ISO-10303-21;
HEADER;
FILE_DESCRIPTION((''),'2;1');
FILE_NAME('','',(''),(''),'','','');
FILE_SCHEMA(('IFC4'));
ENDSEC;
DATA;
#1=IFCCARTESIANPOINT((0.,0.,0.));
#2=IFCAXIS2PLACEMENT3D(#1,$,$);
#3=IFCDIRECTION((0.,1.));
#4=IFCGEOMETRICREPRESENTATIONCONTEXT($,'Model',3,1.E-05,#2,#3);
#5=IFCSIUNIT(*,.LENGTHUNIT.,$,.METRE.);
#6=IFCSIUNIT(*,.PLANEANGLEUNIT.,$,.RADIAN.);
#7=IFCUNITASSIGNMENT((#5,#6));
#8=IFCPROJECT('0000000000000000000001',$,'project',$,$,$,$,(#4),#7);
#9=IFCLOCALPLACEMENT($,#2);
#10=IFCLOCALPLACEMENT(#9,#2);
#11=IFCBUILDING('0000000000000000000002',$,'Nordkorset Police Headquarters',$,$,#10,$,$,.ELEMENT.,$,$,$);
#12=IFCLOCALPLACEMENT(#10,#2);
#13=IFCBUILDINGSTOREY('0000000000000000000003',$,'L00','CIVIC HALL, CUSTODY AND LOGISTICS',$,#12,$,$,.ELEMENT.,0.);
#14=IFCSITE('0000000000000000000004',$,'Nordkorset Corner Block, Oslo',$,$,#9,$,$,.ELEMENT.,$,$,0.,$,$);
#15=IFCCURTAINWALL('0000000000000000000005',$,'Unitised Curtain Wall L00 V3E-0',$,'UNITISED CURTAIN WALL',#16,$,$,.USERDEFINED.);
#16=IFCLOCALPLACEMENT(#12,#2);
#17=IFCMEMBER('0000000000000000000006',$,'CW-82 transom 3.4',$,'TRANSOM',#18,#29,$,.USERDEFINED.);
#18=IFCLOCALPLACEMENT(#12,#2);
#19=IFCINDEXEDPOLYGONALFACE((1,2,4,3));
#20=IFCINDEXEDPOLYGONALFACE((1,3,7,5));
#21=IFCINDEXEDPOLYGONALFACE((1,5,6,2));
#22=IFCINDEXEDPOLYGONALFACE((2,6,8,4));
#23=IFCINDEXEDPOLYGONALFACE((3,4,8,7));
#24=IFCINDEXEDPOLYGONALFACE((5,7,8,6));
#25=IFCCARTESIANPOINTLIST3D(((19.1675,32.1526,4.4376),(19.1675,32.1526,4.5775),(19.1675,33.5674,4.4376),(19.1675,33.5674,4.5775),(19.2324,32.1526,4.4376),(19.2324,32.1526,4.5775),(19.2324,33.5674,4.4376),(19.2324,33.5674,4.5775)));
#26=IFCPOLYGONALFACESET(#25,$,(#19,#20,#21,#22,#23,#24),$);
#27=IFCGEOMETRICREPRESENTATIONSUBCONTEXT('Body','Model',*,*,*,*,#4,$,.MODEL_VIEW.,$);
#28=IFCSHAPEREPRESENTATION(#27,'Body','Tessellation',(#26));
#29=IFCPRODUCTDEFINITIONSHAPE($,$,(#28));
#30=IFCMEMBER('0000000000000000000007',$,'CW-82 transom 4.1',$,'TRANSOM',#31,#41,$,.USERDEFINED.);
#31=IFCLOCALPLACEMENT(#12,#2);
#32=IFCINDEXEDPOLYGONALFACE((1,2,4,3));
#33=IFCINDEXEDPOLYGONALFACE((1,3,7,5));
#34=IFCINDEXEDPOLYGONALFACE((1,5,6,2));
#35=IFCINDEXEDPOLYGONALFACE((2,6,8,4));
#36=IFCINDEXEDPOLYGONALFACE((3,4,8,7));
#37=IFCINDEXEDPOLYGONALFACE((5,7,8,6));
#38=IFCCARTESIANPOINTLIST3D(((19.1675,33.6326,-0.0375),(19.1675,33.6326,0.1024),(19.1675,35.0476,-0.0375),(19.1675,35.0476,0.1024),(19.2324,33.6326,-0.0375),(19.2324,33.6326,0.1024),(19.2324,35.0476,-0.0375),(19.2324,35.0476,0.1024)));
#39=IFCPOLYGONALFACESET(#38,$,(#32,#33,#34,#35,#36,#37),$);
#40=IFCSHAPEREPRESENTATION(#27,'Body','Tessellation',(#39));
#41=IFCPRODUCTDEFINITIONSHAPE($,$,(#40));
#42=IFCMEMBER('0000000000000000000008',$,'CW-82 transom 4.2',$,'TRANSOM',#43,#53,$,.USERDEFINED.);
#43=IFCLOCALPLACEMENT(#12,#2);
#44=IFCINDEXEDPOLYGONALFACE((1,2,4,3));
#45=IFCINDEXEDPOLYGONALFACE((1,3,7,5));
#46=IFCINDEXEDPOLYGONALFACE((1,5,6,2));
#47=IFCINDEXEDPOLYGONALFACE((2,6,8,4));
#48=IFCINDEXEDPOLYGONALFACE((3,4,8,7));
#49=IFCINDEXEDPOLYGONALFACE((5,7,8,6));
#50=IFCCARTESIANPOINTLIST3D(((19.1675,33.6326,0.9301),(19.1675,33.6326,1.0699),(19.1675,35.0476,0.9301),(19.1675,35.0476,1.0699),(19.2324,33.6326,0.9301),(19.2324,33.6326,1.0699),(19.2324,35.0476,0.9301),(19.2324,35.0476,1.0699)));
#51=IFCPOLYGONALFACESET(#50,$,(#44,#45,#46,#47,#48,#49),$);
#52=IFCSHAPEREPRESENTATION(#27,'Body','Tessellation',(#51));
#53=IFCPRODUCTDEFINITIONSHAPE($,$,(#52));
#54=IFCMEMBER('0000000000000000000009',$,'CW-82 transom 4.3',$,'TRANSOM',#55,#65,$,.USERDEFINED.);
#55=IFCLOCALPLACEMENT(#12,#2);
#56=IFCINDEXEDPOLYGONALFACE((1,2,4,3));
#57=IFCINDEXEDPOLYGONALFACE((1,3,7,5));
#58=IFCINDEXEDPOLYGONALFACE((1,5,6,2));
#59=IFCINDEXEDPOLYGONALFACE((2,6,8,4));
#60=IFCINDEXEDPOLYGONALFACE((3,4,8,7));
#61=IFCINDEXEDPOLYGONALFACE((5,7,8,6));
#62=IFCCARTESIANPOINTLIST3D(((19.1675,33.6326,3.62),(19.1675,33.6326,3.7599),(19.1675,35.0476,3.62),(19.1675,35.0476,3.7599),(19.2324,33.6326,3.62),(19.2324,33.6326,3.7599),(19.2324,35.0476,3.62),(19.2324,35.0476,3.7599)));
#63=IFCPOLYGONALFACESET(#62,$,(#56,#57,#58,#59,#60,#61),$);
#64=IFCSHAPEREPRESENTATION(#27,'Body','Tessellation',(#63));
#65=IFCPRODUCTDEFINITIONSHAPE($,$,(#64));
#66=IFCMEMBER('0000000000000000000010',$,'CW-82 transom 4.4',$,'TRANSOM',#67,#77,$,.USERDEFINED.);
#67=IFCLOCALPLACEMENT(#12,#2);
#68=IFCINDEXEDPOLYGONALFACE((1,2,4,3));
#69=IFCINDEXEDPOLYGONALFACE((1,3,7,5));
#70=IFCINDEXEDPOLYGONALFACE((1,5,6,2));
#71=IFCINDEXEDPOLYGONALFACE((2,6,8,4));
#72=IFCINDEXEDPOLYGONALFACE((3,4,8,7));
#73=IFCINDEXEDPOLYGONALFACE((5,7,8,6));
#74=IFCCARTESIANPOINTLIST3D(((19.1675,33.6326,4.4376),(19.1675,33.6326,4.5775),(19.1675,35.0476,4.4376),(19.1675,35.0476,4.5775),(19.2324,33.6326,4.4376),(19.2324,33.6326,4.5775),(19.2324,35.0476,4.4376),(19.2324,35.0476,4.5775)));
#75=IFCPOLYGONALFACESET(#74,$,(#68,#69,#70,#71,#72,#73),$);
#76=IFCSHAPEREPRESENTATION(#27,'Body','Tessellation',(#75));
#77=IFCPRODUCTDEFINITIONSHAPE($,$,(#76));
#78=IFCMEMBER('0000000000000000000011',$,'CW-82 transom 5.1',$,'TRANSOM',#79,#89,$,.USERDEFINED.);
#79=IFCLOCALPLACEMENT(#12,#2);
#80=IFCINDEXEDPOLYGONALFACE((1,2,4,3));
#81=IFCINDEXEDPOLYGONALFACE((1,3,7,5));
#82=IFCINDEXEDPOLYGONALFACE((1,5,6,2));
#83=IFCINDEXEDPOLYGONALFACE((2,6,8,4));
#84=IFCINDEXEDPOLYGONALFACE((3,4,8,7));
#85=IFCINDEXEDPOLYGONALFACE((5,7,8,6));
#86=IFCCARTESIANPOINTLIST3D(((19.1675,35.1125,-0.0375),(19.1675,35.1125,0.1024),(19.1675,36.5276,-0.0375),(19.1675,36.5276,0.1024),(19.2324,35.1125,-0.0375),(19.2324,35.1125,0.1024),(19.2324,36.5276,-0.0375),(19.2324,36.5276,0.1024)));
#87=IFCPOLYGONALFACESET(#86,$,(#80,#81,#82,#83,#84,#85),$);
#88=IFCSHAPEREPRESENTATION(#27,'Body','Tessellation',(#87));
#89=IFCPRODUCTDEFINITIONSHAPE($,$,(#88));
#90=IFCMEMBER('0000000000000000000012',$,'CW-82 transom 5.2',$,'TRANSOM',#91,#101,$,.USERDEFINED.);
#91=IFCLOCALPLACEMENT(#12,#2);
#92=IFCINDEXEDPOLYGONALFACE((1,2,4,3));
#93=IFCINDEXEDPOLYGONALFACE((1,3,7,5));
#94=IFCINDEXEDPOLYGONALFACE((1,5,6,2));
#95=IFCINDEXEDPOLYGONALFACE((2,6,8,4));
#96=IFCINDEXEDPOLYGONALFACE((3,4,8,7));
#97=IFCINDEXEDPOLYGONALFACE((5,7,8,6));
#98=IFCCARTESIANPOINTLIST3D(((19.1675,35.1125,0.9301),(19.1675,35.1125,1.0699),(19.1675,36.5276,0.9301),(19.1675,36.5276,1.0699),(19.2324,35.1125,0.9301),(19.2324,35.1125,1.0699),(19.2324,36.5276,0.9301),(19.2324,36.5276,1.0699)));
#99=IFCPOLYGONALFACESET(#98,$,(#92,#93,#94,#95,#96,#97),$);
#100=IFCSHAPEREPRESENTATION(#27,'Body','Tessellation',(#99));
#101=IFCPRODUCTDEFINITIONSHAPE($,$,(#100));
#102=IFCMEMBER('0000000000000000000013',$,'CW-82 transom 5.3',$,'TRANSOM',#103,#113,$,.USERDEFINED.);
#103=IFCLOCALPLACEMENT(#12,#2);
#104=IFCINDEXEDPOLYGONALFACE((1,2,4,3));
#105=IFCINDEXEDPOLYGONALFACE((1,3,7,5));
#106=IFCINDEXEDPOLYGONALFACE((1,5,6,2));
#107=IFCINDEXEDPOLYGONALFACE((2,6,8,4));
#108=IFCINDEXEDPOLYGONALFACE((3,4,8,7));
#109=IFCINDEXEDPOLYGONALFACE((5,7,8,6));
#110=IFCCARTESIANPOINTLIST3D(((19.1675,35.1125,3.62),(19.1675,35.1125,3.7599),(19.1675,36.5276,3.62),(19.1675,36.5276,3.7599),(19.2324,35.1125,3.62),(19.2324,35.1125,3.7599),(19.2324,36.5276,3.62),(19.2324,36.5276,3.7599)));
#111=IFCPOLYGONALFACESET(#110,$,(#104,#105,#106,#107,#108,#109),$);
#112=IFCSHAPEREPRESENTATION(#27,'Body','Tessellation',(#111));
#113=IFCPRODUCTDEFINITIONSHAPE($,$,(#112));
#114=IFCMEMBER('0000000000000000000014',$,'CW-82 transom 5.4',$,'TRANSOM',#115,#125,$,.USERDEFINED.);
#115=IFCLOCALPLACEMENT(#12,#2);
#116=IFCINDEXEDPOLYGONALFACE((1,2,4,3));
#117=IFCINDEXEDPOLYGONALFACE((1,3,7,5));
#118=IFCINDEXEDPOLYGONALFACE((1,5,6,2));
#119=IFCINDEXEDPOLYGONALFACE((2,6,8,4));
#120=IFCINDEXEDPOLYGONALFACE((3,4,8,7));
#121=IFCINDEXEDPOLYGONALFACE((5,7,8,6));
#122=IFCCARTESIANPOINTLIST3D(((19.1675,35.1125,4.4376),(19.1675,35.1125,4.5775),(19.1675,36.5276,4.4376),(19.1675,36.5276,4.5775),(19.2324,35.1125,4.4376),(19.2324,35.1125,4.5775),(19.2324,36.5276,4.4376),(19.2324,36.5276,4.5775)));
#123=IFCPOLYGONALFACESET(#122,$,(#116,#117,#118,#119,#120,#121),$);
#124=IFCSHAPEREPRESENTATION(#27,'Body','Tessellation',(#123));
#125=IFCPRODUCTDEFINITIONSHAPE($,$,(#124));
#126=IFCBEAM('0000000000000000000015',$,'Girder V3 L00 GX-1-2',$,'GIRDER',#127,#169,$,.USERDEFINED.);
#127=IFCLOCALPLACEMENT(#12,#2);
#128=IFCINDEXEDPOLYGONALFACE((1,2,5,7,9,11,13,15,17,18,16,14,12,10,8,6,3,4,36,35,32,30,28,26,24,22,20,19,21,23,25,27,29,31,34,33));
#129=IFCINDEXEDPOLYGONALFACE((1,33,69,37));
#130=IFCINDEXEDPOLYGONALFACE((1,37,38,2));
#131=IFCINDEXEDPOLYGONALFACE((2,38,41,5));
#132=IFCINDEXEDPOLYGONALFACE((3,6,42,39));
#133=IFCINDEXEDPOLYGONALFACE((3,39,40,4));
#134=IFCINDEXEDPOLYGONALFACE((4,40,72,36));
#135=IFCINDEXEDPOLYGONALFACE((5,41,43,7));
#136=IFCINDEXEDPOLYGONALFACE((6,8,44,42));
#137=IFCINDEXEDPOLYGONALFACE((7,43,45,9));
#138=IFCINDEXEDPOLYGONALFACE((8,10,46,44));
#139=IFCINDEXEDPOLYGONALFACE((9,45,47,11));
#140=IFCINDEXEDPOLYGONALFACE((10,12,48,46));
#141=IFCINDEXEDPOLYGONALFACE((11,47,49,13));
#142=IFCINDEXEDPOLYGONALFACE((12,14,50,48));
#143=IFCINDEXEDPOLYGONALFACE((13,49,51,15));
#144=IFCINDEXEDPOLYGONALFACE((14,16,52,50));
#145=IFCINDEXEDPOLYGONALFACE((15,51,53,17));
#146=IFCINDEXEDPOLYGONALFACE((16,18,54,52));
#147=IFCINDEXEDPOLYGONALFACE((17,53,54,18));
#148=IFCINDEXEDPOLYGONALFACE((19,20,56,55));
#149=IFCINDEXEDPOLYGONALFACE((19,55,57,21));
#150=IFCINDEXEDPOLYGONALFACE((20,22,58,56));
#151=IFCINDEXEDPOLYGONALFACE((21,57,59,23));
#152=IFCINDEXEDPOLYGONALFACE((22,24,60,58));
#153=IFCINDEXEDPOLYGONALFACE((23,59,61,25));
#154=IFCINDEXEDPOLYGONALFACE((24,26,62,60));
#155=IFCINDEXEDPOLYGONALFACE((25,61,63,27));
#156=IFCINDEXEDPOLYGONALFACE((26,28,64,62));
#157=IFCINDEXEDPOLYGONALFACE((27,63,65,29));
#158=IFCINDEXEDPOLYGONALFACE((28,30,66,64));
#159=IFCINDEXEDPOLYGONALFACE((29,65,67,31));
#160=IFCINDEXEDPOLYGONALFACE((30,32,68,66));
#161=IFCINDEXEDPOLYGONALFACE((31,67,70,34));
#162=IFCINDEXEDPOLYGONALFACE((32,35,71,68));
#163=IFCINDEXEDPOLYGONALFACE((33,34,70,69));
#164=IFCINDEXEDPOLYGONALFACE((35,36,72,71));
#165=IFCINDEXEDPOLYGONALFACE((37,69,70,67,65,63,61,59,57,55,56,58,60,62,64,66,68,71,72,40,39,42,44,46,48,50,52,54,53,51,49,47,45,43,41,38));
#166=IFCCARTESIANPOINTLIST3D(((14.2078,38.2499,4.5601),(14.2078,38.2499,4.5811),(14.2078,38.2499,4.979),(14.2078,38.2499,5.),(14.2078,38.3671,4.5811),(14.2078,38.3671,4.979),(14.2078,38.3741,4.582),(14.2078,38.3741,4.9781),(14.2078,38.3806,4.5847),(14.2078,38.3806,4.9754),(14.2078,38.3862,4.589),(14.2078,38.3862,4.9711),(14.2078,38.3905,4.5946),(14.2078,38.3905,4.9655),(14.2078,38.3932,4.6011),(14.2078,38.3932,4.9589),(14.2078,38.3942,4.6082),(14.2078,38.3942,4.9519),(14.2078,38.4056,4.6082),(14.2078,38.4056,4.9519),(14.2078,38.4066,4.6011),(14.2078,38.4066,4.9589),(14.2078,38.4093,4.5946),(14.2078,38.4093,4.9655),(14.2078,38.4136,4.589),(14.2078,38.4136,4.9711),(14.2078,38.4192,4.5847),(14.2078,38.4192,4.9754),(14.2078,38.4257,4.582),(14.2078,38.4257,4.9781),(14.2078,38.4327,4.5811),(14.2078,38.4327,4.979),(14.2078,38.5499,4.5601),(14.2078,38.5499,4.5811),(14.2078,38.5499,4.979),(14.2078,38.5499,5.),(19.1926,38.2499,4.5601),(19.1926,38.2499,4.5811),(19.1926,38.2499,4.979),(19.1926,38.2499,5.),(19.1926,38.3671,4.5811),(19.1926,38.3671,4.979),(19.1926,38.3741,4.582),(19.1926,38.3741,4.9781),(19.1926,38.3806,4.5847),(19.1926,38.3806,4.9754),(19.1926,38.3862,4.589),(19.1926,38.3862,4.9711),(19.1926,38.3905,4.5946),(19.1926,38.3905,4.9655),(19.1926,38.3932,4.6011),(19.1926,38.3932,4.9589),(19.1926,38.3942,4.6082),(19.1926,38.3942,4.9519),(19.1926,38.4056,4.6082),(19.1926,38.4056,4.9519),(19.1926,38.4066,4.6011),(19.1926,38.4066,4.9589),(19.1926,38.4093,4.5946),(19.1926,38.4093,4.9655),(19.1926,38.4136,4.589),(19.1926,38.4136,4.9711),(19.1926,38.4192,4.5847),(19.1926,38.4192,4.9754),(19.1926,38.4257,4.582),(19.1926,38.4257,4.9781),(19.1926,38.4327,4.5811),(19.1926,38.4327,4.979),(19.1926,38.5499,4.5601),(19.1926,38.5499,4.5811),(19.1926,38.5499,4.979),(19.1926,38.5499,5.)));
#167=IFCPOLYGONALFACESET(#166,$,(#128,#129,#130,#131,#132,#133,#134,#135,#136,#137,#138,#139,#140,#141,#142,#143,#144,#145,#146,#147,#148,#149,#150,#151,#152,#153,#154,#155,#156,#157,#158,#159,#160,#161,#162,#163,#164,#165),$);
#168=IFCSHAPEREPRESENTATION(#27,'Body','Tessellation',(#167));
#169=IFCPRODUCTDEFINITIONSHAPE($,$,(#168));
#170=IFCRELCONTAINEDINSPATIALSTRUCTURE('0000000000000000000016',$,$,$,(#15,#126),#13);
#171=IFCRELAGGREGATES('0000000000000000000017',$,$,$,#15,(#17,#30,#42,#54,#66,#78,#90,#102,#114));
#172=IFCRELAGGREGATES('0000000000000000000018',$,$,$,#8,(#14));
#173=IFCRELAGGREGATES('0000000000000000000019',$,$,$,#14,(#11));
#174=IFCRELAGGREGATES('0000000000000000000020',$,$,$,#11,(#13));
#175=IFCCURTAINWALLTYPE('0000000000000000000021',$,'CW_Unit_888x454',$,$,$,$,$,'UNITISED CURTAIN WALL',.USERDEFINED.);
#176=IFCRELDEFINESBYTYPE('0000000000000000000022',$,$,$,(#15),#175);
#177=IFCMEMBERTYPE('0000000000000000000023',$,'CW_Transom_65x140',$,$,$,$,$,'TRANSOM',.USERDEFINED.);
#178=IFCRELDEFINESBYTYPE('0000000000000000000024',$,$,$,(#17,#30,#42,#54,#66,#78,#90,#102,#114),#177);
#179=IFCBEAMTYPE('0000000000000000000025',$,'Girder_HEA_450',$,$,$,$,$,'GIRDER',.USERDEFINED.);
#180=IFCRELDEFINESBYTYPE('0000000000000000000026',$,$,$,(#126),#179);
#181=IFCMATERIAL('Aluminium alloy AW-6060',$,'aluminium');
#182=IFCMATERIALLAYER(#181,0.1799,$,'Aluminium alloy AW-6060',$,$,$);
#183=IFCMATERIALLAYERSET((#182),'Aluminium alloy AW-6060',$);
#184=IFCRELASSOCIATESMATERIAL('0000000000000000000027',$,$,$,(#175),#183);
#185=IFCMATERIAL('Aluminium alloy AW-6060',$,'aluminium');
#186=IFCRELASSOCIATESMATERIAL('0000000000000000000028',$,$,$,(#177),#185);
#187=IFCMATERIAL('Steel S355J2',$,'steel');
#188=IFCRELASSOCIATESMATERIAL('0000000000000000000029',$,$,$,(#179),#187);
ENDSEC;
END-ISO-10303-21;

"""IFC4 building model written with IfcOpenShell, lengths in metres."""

from ifc_helpers import new_model, si_unit, direction, frame, origin, origin_2d, place, context, subcontext, project, spatial, rectangle, i_section, extrude, material, layer, layer_set, material_profile, profile_set, type_object, element, aggregate, save


model = new_model("IFC4")

# Units and contexts
model_context = context("Model", 3, precision=1e-05, world=origin(), true_north=direction((0.0, 1.0)))
body_context = subcontext(model_context, "Body", "Model", "MODEL_VIEW")
ifc_project = project(units=[si_unit("LENGTHUNIT", "METRE"), si_unit("PLANEANGLEUNIT", "RADIAN")], contexts=[model_context])

# Site, building, storey
site_placement = place(None, origin())
site = spatial("IfcSite", under=ifc_project, at=site_placement, Name="Nordkorset Corner Block, Oslo", CompositionType="ELEMENT", RefElevation=0.0)
building_placement = place(site_placement, origin())
building = spatial("IfcBuilding", under=site, at=building_placement, Name="Nordkorset Police Headquarters", CompositionType="ELEMENT")
storey_placement = place(building_placement, origin())
storey = spatial("IfcBuildingStorey", under=building, at=storey_placement, Name="L00", Description="CIVIC HALL, CUSTODY AND LOGISTICS", CompositionType="ELEMENT", Elevation=0.0)

# Curtain wall, members
ifc_material_1 = material(Name="Aluminium alloy AW-6060", Category="aluminium")
ifc_layer_1 = layer(ifc_material_1, 0.1799, Name="Aluminium alloy AW-6060")
ifc_layer_set_1 = layer_set([ifc_layer_1], Name="Aluminium alloy AW-6060")
curtain_wall_type = type_object("IfcCurtainWallType", Name="CW_Unit_888x454", ElementType="UNITISED CURTAIN WALL", PredefinedType="USERDEFINED", material=ifc_layer_set_1)
curtain_wall_placement = place(storey_placement, origin())
curtain_wall = element("IfcCurtainWall", 1, at=curtain_wall_placement, inside=storey, type_object=curtain_wall_type, Name="Unitised Curtain Wall L00 V3E-0", ObjectType="UNITISED CURTAIN WALL", PredefinedType="USERDEFINED")
ifc_material_2 = material(Name="Aluminium alloy AW-6060", Category="aluminium")
ifc_material_profile_1 = material_profile(ifc_material_2, rectangle(XDim=0.0649, YDim=0.1399, at=origin_2d()), Name="ALU TRAN 65x140")
ifc_profile_set_1 = profile_set([ifc_material_profile_1], Name="Aluminium alloy AW-6060")
member_type_1 = type_object("IfcMemberType", Name="CW_Transom_65x140", ElementType="TRANSOM", PredefinedType="USERDEFINED", material=ifc_profile_set_1)
member_1_placement = place(storey_placement, frame((19.2, 32.1526, 4.5076), z_axis=(0.0, 1.0, 0.0), x_axis=(-1.0, 0.0, 0.0)))
member_1 = element("IfcMember", 2, at=member_1_placement, type_object=member_type_1, Name="CW-82 transom 3.4", ObjectType="TRANSOM", PredefinedType="USERDEFINED", context=body_context, shape_type="SweptSolid", body=[
    extrude(rectangle(XDim=0.0649, YDim=0.1399, at=origin_2d()), origin(), (0.0, 0.0, 1.0), 1.4148),
])
member_2_placement = place(storey_placement, frame((19.2, 33.6326, 0.0325), z_axis=(0.0, 1.0, 0.0), x_axis=(-1.0, 0.0, 0.0)))
member_2 = element("IfcMember", 3, at=member_2_placement, type_object=member_type_1, Name="CW-82 transom 4.1", ObjectType="TRANSOM", PredefinedType="USERDEFINED", context=body_context, shape_type="SweptSolid", body=[
    extrude(rectangle(XDim=0.0649, YDim=0.1399, at=origin_2d()), origin(), (0.0, 0.0, 1.0), 1.415),
])
member_3_placement = place(storey_placement, frame((19.2, 33.6326, 1.0), z_axis=(0.0, 1.0, 0.0), x_axis=(-1.0, 0.0, 0.0)))
member_3 = element("IfcMember", 4, at=member_3_placement, type_object=member_type_1, Name="CW-82 transom 4.2", ObjectType="TRANSOM", PredefinedType="USERDEFINED", context=body_context, shape_type="SweptSolid", body=[
    extrude(rectangle(XDim=0.0649, YDim=0.1399, at=origin_2d()), origin(), (0.0, 0.0, 1.0), 1.415),
])
member_4_placement = place(storey_placement, frame((19.2, 33.6326, 3.6899), z_axis=(0.0, 1.0, 0.0), x_axis=(-1.0, 0.0, 0.0)))
member_4 = element("IfcMember", 5, at=member_4_placement, type_object=member_type_1, Name="CW-82 transom 4.3", ObjectType="TRANSOM", PredefinedType="USERDEFINED", context=body_context, shape_type="SweptSolid", body=[
    extrude(rectangle(XDim=0.0649, YDim=0.1399, at=origin_2d()), origin(), (0.0, 0.0, 1.0), 1.415),
])
member_5_placement = place(storey_placement, frame((19.2, 33.6326, 4.5076), z_axis=(0.0, 1.0, 0.0), x_axis=(-1.0, 0.0, 0.0)))
member_5 = element("IfcMember", 6, at=member_5_placement, type_object=member_type_1, Name="CW-82 transom 4.4", ObjectType="TRANSOM", PredefinedType="USERDEFINED", context=body_context, shape_type="SweptSolid", body=[
    extrude(rectangle(XDim=0.0649, YDim=0.1399, at=origin_2d()), origin(), (0.0, 0.0, 1.0), 1.415),
])
member_6_placement = place(storey_placement, frame((19.2, 35.1125, 0.0325), z_axis=(0.0, 1.0, 0.0), x_axis=(-1.0, 0.0, 0.0)))
member_6 = element("IfcMember", 7, at=member_6_placement, type_object=member_type_1, Name="CW-82 transom 5.1", ObjectType="TRANSOM", PredefinedType="USERDEFINED", context=body_context, shape_type="SweptSolid", body=[
    extrude(rectangle(XDim=0.0649, YDim=0.1399, at=origin_2d()), origin(), (0.0, 0.0, 1.0), 1.415),
])
member_7_placement = place(storey_placement, frame((19.2, 35.1125, 1.0), z_axis=(0.0, 1.0, 0.0), x_axis=(-1.0, 0.0, 0.0)))
member_7 = element("IfcMember", 8, at=member_7_placement, type_object=member_type_1, Name="CW-82 transom 5.2", ObjectType="TRANSOM", PredefinedType="USERDEFINED", context=body_context, shape_type="SweptSolid", body=[
    extrude(rectangle(XDim=0.0649, YDim=0.1399, at=origin_2d()), origin(), (0.0, 0.0, 1.0), 1.415),
])
member_8_placement = place(storey_placement, frame((19.2, 35.1125, 3.6899), z_axis=(0.0, 1.0, 0.0), x_axis=(-1.0, 0.0, 0.0)))
member_8 = element("IfcMember", 9, at=member_8_placement, type_object=member_type_1, Name="CW-82 transom 5.3", ObjectType="TRANSOM", PredefinedType="USERDEFINED", context=body_context, shape_type="SweptSolid", body=[
    extrude(rectangle(XDim=0.0649, YDim=0.1399, at=origin_2d()), origin(), (0.0, 0.0, 1.0), 1.415),
])
member_9_placement = place(storey_placement, frame((19.2, 35.1125, 4.5076), z_axis=(0.0, 1.0, 0.0), x_axis=(-1.0, 0.0, 0.0)))
member_9 = element("IfcMember", 10, at=member_9_placement, type_object=member_type_1, Name="CW-82 transom 5.4", ObjectType="TRANSOM", PredefinedType="USERDEFINED", context=body_context, shape_type="SweptSolid", body=[
    extrude(rectangle(XDim=0.0649, YDim=0.1399, at=origin_2d()), origin(), (0.0, 0.0, 1.0), 1.415),
])

# Beam
ifc_material_3 = material(Name="Steel S355J2", Category="steel")
ifc_material_profile_2 = material_profile(ifc_material_3, i_section(OverallWidth=0.3, OverallDepth=0.4399, WebThickness=0.0115, FlangeThickness=0.021, FilletRadius=0.0271, at=origin_2d()), Name="HEA 450")
ifc_profile_set_2 = profile_set([ifc_material_profile_2], Name="Steel S355J2")
beam_type_1 = type_object("IfcBeamType", Name="Girder_HEA_450", ElementType="GIRDER", PredefinedType="USERDEFINED", material=ifc_profile_set_2)
beam_1_placement = place(storey_placement, frame((14.2078, 38.3999, 4.78), z_axis=(1.0, 0.0, 0.0), x_axis=(0.0, 1.0, 0.0)))
element("IfcBeam", 11, at=beam_1_placement, inside=storey, type_object=beam_type_1, Name="Girder V3 L00 GX-1-2", ObjectType="GIRDER", PredefinedType="USERDEFINED", context=body_context, shape_type="SweptSolid", body=[
    extrude(i_section(OverallWidth=0.3, OverallDepth=0.4399, WebThickness=0.0115, FlangeThickness=0.021, FilletRadius=0.0271, at=origin_2d()), origin(), (0.0, 0.0, 1.0), 4.9849),
])

aggregate(curtain_wall, [member_1, member_2, member_3, member_4, member_5, member_6, member_7, member_8, member_9])

save(model, "model.ifc")
